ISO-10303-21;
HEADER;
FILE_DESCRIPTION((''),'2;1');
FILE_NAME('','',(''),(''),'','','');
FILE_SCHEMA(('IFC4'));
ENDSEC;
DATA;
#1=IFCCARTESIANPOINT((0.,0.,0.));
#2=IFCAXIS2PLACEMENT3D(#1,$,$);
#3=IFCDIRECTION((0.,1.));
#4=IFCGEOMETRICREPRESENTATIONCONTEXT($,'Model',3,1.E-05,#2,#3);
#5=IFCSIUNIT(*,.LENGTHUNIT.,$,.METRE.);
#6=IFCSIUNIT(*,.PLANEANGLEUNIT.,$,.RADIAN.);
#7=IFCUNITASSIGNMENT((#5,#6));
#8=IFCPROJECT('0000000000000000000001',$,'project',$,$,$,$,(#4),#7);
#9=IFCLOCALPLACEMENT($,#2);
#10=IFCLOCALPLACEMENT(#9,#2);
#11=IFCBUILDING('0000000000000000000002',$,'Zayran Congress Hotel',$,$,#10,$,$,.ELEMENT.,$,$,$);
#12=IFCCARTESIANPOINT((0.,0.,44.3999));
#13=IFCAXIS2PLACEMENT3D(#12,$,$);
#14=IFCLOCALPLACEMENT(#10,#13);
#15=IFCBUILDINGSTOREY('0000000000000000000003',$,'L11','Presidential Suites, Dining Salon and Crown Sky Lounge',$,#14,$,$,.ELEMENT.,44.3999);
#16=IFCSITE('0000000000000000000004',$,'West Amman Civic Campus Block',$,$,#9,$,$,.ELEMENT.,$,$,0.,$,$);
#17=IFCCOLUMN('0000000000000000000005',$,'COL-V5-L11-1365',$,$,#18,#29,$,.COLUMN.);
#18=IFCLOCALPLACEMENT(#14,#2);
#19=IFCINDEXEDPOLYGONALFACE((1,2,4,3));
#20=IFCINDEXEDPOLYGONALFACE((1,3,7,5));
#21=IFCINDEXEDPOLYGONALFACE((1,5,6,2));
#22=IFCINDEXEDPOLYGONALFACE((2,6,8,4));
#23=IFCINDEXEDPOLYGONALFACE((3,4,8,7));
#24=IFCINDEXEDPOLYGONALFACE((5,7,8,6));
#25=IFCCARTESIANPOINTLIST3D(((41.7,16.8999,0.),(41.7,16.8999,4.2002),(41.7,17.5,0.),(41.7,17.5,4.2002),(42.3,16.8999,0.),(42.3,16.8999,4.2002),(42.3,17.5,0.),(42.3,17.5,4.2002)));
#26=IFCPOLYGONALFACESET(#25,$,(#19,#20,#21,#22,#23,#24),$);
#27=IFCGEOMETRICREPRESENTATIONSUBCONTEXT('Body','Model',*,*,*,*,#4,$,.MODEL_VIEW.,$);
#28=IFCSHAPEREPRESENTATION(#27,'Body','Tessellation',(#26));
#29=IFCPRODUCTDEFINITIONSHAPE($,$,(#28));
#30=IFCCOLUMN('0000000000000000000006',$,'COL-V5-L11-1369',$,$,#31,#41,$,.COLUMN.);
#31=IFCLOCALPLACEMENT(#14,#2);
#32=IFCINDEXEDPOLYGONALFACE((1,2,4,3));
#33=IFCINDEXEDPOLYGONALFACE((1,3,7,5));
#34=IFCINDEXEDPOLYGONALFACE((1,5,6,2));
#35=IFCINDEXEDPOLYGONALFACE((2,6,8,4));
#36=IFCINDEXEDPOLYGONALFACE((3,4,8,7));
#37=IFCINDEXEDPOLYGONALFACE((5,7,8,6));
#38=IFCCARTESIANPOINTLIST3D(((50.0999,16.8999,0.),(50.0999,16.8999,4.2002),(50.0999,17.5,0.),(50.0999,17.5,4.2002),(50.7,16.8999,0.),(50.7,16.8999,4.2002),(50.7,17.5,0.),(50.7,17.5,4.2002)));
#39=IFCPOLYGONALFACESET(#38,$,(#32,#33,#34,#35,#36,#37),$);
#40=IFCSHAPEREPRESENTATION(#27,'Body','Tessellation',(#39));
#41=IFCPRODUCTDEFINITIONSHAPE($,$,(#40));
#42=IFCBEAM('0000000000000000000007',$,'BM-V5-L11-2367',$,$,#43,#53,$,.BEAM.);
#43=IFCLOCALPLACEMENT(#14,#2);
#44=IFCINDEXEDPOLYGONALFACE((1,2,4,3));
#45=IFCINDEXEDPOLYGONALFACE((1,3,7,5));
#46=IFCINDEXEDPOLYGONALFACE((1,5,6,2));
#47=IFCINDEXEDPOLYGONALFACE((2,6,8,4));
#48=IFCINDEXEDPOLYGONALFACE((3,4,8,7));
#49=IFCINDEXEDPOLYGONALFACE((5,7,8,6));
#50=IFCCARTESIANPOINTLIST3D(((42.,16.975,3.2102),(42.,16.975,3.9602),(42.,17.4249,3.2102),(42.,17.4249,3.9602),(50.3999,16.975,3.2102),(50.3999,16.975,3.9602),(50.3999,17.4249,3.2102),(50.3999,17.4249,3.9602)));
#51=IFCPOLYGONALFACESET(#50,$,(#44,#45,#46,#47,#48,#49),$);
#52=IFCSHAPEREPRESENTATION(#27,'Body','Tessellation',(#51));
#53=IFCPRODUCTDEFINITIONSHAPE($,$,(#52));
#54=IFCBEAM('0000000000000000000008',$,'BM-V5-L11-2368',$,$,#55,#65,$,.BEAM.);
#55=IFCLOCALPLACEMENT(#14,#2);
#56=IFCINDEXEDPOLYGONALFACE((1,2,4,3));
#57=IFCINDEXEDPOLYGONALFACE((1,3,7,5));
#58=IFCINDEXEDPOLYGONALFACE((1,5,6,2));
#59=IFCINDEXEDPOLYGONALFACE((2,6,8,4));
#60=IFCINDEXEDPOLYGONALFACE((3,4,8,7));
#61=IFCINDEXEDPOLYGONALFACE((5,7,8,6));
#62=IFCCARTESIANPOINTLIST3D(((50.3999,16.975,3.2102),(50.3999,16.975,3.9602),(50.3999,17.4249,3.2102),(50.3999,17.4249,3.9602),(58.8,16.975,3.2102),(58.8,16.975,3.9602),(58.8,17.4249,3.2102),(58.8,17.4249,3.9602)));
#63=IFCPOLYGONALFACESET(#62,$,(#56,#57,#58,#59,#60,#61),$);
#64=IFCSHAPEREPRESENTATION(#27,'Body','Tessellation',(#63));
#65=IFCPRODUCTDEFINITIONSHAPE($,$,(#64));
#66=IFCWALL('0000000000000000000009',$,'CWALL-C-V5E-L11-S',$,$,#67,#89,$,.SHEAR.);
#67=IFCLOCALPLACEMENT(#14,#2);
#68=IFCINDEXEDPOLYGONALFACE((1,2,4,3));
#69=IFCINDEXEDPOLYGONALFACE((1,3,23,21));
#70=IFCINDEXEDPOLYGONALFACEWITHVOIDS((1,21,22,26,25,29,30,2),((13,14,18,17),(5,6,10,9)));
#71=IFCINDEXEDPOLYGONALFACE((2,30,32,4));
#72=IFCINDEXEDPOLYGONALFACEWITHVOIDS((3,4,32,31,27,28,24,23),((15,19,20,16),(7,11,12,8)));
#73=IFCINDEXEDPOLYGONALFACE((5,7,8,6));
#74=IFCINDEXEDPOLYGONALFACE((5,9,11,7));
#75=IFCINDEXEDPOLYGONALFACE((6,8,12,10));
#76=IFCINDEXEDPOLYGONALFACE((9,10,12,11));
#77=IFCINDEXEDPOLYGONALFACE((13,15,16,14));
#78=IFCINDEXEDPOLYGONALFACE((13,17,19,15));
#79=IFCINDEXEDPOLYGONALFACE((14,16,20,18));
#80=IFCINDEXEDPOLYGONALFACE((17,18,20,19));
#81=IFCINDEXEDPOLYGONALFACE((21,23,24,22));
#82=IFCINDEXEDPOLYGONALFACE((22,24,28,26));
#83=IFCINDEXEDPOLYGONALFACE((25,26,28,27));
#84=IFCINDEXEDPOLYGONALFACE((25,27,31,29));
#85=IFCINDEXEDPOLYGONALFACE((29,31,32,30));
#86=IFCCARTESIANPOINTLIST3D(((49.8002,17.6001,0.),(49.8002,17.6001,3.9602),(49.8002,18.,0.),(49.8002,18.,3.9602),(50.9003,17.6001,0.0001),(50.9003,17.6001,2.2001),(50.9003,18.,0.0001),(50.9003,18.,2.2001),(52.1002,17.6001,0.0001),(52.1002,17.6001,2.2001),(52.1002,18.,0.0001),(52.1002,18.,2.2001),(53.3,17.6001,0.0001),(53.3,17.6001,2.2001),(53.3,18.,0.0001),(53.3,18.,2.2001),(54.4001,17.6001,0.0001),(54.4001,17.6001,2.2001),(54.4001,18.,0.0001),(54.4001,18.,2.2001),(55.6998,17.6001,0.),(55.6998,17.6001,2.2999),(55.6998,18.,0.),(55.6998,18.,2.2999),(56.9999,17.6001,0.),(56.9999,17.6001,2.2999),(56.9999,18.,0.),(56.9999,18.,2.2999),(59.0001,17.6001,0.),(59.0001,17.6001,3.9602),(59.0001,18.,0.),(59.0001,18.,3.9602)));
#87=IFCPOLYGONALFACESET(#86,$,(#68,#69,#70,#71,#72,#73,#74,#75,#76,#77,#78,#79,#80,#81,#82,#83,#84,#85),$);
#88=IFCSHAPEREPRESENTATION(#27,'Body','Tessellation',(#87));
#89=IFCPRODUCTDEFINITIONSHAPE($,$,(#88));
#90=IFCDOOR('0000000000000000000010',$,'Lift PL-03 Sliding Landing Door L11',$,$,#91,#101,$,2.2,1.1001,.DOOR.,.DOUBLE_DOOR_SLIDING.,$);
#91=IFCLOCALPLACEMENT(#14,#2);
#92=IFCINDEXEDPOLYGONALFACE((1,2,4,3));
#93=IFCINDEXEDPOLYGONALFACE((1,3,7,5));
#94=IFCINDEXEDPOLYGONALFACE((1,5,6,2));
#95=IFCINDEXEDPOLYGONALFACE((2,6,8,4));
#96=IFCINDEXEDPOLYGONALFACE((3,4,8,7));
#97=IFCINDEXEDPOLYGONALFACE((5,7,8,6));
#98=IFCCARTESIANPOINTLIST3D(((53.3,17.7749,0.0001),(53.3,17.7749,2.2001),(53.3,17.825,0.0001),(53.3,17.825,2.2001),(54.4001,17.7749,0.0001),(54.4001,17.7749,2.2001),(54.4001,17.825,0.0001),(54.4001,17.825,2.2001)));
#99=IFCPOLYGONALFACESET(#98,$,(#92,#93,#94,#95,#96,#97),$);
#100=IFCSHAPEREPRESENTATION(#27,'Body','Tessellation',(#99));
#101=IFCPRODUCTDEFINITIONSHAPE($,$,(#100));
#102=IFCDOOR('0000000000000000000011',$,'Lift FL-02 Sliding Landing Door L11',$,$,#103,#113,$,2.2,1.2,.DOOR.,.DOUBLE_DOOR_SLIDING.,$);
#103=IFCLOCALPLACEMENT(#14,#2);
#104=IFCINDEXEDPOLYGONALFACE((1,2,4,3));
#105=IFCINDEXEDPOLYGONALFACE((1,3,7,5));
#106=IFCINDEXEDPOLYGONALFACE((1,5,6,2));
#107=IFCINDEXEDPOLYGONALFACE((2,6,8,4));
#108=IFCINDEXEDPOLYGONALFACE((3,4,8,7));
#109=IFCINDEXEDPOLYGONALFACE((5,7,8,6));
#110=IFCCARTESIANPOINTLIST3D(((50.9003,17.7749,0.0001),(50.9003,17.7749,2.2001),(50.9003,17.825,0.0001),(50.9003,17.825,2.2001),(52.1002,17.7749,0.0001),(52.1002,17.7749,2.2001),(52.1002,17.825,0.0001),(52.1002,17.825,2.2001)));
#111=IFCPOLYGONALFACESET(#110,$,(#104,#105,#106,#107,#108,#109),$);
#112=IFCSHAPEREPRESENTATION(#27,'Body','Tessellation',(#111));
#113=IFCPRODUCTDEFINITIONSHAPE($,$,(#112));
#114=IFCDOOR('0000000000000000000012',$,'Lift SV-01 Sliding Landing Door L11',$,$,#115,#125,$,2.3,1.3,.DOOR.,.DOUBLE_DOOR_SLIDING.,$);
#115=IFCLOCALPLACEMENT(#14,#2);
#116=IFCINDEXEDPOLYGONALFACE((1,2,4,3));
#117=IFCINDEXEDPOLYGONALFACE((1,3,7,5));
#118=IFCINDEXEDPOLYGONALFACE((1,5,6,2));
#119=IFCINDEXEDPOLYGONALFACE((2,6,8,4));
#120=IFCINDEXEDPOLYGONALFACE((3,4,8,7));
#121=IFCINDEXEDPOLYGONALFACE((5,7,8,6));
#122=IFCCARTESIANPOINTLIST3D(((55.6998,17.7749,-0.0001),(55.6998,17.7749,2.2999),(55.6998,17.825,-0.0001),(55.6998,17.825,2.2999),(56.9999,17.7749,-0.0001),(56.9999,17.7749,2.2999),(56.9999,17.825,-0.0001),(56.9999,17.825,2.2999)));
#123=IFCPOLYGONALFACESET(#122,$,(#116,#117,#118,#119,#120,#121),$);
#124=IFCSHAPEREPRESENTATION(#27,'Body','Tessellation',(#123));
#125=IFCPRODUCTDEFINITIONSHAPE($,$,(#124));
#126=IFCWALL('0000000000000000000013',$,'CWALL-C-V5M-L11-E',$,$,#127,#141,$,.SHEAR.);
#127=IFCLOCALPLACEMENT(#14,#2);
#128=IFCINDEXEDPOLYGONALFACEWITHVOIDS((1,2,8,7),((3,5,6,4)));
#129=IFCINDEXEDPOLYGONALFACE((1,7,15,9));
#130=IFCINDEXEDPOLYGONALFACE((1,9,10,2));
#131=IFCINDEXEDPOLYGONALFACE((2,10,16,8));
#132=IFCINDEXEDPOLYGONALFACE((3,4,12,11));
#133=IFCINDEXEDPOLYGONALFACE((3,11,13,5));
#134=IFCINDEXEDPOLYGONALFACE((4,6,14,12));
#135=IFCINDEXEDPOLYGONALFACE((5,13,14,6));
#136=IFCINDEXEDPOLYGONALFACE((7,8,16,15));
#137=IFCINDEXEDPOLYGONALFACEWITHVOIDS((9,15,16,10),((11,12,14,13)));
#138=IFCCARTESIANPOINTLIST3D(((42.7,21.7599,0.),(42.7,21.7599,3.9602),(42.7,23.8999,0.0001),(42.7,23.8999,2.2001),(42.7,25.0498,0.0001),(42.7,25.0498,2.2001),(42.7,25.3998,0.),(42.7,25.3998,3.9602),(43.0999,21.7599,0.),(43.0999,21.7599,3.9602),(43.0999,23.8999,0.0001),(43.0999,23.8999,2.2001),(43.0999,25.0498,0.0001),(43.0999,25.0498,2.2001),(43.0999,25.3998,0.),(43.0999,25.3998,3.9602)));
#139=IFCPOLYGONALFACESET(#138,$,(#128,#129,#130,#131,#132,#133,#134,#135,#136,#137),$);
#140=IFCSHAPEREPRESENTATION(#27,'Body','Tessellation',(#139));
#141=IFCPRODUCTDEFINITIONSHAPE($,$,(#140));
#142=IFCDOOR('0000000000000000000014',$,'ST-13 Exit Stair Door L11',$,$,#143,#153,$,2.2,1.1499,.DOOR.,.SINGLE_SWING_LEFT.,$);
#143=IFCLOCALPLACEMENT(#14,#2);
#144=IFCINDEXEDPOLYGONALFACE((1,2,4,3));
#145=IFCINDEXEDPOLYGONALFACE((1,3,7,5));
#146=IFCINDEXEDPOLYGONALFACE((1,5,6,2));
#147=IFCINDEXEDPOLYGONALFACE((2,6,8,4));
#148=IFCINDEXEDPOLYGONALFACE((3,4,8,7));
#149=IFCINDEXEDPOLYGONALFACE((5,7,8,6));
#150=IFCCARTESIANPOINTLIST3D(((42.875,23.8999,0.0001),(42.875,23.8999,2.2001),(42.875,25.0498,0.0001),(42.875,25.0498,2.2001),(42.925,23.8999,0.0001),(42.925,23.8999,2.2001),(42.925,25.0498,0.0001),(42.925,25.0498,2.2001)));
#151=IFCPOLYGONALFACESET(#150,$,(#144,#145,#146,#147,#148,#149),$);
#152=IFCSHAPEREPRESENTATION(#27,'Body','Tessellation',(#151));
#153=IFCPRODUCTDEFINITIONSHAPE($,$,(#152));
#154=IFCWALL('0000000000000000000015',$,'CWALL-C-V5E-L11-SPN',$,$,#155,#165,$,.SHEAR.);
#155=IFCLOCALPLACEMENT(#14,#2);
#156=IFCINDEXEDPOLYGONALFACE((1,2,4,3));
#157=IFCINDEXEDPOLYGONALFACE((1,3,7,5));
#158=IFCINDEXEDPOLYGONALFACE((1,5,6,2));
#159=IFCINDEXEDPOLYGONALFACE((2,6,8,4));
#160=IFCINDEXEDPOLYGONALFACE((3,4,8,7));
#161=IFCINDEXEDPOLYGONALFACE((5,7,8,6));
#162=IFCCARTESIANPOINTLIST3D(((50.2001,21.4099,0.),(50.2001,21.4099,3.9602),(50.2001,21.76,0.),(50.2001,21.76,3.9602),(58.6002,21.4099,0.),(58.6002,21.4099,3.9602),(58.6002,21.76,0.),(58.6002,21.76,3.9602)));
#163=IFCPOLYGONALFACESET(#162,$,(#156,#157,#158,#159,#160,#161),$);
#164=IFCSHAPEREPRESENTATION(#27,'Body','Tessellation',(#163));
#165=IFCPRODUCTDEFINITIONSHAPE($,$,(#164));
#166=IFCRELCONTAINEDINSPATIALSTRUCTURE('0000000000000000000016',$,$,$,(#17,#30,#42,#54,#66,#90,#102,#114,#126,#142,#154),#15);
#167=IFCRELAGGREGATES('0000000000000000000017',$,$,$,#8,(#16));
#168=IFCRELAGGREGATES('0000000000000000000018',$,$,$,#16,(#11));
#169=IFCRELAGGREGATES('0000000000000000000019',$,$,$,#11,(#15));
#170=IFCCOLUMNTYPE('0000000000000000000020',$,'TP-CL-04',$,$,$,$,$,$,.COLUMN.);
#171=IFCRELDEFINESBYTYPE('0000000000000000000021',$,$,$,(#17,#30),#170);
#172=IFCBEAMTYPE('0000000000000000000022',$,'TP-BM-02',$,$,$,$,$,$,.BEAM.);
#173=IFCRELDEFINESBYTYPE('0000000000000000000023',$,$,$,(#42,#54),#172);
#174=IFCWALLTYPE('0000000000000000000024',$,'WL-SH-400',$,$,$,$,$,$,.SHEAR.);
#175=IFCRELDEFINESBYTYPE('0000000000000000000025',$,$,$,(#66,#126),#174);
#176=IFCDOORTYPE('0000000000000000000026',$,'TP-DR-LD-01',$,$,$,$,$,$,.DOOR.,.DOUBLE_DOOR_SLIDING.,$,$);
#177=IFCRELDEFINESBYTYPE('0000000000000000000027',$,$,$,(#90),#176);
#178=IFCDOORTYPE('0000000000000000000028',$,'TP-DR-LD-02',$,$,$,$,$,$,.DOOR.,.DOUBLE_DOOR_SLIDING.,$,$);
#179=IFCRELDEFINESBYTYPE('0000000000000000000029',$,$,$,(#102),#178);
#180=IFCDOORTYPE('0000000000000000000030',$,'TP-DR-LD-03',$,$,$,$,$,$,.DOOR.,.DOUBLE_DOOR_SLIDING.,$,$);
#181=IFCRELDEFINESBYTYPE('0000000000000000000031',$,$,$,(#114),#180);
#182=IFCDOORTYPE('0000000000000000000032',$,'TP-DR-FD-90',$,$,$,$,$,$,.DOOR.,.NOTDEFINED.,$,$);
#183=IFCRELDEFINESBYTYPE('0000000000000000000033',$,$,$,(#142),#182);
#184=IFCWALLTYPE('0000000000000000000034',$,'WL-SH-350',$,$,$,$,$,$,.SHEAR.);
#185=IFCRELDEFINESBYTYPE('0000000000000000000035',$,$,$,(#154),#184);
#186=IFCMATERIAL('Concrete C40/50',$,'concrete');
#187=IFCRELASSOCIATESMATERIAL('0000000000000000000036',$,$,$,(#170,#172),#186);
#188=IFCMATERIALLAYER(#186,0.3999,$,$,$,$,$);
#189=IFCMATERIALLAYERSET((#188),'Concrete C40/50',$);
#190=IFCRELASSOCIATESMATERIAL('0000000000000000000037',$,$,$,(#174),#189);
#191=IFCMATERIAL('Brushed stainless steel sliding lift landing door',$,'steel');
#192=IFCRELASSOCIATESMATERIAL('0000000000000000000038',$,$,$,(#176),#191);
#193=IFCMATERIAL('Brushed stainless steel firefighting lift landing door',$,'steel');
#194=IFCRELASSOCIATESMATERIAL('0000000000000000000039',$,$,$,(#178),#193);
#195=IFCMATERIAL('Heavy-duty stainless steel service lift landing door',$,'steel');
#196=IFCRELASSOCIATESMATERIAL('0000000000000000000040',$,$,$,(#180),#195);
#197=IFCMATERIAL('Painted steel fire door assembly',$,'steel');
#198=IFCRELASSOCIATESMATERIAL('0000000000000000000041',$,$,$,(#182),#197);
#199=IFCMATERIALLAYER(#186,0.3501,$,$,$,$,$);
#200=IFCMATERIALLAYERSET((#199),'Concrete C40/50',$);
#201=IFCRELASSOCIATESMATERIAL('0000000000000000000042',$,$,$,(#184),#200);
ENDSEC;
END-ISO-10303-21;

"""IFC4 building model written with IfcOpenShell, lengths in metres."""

from ifc_helpers import new_model, si_unit, direction, frame, frame_2d, origin, origin_2d, place, context, subcontext, project, spatial, rectangle, extrude, material, layer, layer_set, material_profile, profile_set, type_object, element, fill, save


model = new_model("IFC4")

# Units and contexts
model_context = context("Model", 3, precision=1e-05, world=origin(), true_north=direction((0.0, 1.0)))
body_context = subcontext(model_context, "Body", "Model", "MODEL_VIEW")
ifc_project = project(units=[si_unit("LENGTHUNIT", "METRE"), si_unit("PLANEANGLEUNIT", "RADIAN")], contexts=[model_context])

# Site, building, storey
site_placement = place(None, origin())
site = spatial("IfcSite", under=ifc_project, at=site_placement, Name="West Amman Civic Campus Block", CompositionType="ELEMENT", RefElevation=0.0)
building_placement = place(site_placement, origin())
building = spatial("IfcBuilding", under=site, at=building_placement, Name="Zayran Congress Hotel", CompositionType="ELEMENT")
storey_placement = place(building_placement, frame((0.0, 0.0, 44.3999)))
storey = spatial("IfcBuildingStorey", under=building, at=storey_placement, Name="L11", Description="Presidential Suites, Dining Salon and Crown Sky Lounge", CompositionType="ELEMENT", Elevation=44.3999)

# Columns
ifc_material_1 = material(Name="Concrete C40/50", Category="concrete")
ifc_material_profile_1 = material_profile(ifc_material_1, rectangle(XDim=0.6001, YDim=0.6001, at=origin_2d()), Name="RC 600x600")
ifc_profile_set_1 = profile_set([ifc_material_profile_1], Name="Concrete C40/50")
column_type = type_object("IfcColumnType", Name="TP-CL-04", PredefinedType="COLUMN", material=ifc_profile_set_1)
for number, where, z_axis, x_axis, name in (
    (1, (42.0, 17.2, 0.0), (0.0, 0.0, 1.0), (1.0, 0.0, 0.0), "COL-V5-L11-1365"),
    (2, (50.3999, 17.2, 0.0), (0.0, 0.0, 1.0), (1.0, 0.0, 0.0), "COL-V5-L11-1369"),
):
    element("IfcColumn", number, at=place(storey_placement, frame(where, z_axis=z_axis, x_axis=x_axis)), inside=storey, type_object=column_type, Name=name, PredefinedType="COLUMN", context=body_context, shape_type="SweptSolid", body=[
        extrude(rectangle(XDim=0.6001, YDim=0.6001, at=origin_2d()), origin(), (0.0, 0.0, 1.0), 4.2002),
    ])

# Beams
ifc_material_profile_2 = material_profile(ifc_material_1, rectangle(XDim=0.45, YDim=0.75, at=origin_2d()), Name="RC 450x750")
ifc_profile_set_2 = profile_set([ifc_material_profile_2], Name="Concrete C40/50")
beam_type = type_object("IfcBeamType", Name="TP-BM-02", PredefinedType="BEAM", material=ifc_profile_set_2)
beam_1_placement = place(storey_placement, frame((42.0, 17.2, 3.5852), z_axis=(1.0, 0.0, 0.0), x_axis=(0.0, 1.0, 0.0)))
element("IfcBeam", 3, at=beam_1_placement, inside=storey, type_object=beam_type, Name="BM-V5-L11-2367", PredefinedType="BEAM", context=body_context, shape_type="SweptSolid", body=[
    extrude(rectangle(XDim=0.45, YDim=0.75, at=origin_2d()), origin(), (0.0, 0.0, 1.0), 8.3999),
])
beam_2_placement = place(storey_placement, frame((50.3999, 17.2, 3.5852), z_axis=(1.0, 0.0, 0.0), x_axis=(0.0, 1.0, 0.0)))
element("IfcBeam", 4, at=beam_2_placement, inside=storey, type_object=beam_type, Name="BM-V5-L11-2368", PredefinedType="BEAM", context=body_context, shape_type="SweptSolid", body=[
    extrude(rectangle(XDim=0.45, YDim=0.75, at=origin_2d()), origin(), (0.0, 0.0, 1.0), 8.4001),
])

# Wall, openings, doors
ifc_layer_1 = layer(ifc_material_1, 0.3999)
ifc_layer_set_1 = layer_set([ifc_layer_1], Name="Concrete C40/50")
wall_type_1 = type_object("IfcWallType", Name="WL-SH-400", PredefinedType="SHEAR", material=ifc_layer_set_1)
wall_1_placement = place(storey_placement, frame((49.8, 17.8, 0.0), z_axis=(0.0, 0.0, 1.0), x_axis=(1.0, 0.0, 0.0)))
wall_1 = element("IfcWall", 5, at=wall_1_placement, inside=storey, type_object=wall_type_1, Name="CWALL-C-V5E-L11-S", PredefinedType="SHEAR", context=body_context, shape_type="SweptSolid", body=[
    extrude(rectangle(XDim=9.2, YDim=0.3999, at=frame_2d((4.6001, 0.0))), origin(), (0.0, 0.0, 1.0), 3.9602),
])
opening_1_placement = place(wall_1_placement, frame((1.1001, 0.0, 0.0)))
opening_1 = element("IfcOpeningElement", 6, at=opening_1_placement, cuts=wall_1, PredefinedType="OPENING", context=body_context, shape_type="SweptSolid", body=[
    extrude(rectangle(XDim=1.2, YDim=2.2, at=frame_2d((0.6001, 1.1001))), frame((0.0, 0.21, 0.0), z_axis=(0.0, -1.0, 0.0), x_axis=(1.0, 0.0, 0.0)), (0.0, 0.0, 1.0), 0.4199),
])
opening_2_placement = place(wall_1_placement, frame((3.5, 0.0, 0.0)))
opening_2 = element("IfcOpeningElement", 7, at=opening_2_placement, cuts=wall_1, PredefinedType="OPENING", context=body_context, shape_type="SweptSolid", body=[
    extrude(rectangle(XDim=1.1001, YDim=2.2, at=frame_2d((0.55, 1.1001))), frame((0.0, 0.21, 0.0), z_axis=(0.0, -1.0, 0.0), x_axis=(1.0, 0.0, 0.0)), (0.0, 0.0, 1.0), 0.4199),
])
opening_3_placement = place(wall_1_placement, frame((5.8999, 0.0, 0.0)))
opening_3 = element("IfcOpeningElement", 8, at=opening_3_placement, cuts=wall_1, PredefinedType="OPENING", context=body_context, shape_type="SweptSolid", body=[
    extrude(rectangle(XDim=1.3, YDim=2.3, at=frame_2d((0.6499, 1.1499))), frame((0.0, 0.21, 0.0), z_axis=(0.0, -1.0, 0.0), x_axis=(1.0, 0.0, 0.0)), (0.0, 0.0, 1.0), 0.4199),
])
ifc_material_2 = material(Name="Brushed stainless steel sliding lift landing door", Category="steel")
door_type_1 = type_object("IfcDoorType", Name="TP-DR-LD-01", OperationType="DOUBLE_DOOR_SLIDING", PredefinedType="DOOR", material=ifc_material_2)
door_1_placement = place(opening_2_placement, origin())
door_1 = element("IfcDoor", 9, at=door_1_placement, inside=storey, type_object=door_type_1, Name="Lift PL-03 Sliding Landing Door L11", OperationType="DOUBLE_DOOR_SLIDING", OverallHeight=2.2, OverallWidth=1.1001, PredefinedType="DOOR", context=body_context, shape_type="SweptSolid", body=[
    extrude(rectangle(XDim=1.1001, YDim=2.2, at=frame_2d((0.55, 1.1001))), frame((0.0, 0.0249, 0.0), z_axis=(0.0, -1.0, 0.0), x_axis=(1.0, 0.0, 0.0)), (0.0, 0.0, 1.0), 0.05),
])
fill(opening_2, door_1)
ifc_material_3 = material(Name="Brushed stainless steel firefighting lift landing door", Category="steel")
door_type_2 = type_object("IfcDoorType", Name="TP-DR-LD-02", OperationType="DOUBLE_DOOR_SLIDING", PredefinedType="DOOR", material=ifc_material_3)
door_2_placement = place(opening_1_placement, origin())
door_2 = element("IfcDoor", 10, at=door_2_placement, inside=storey, type_object=door_type_2, Name="Lift FL-02 Sliding Landing Door L11", OperationType="DOUBLE_DOOR_SLIDING", OverallHeight=2.2, OverallWidth=1.2, PredefinedType="DOOR", context=body_context, shape_type="SweptSolid", body=[
    extrude(rectangle(XDim=1.2, YDim=2.2, at=frame_2d((0.6001, 1.1001))), frame((0.0, 0.0249, 0.0), z_axis=(0.0, -1.0, 0.0), x_axis=(1.0, 0.0, 0.0)), (0.0, 0.0, 1.0), 0.05),
])
fill(opening_1, door_2)
ifc_material_4 = material(Name="Heavy-duty stainless steel service lift landing door", Category="steel")
door_type_3 = type_object("IfcDoorType", Name="TP-DR-LD-03", OperationType="DOUBLE_DOOR_SLIDING", PredefinedType="DOOR", material=ifc_material_4)
door_3_placement = place(opening_3_placement, origin())
door_3 = element("IfcDoor", 11, at=door_3_placement, inside=storey, type_object=door_type_3, Name="Lift SV-01 Sliding Landing Door L11", OperationType="DOUBLE_DOOR_SLIDING", OverallHeight=2.3, OverallWidth=1.3, PredefinedType="DOOR", context=body_context, shape_type="SweptSolid", body=[
    extrude(rectangle(XDim=1.3, YDim=2.3, at=frame_2d((0.6499, 1.1499))), frame((0.0, 0.0249, 0.0), z_axis=(0.0, -1.0, 0.0), x_axis=(1.0, 0.0, 0.0)), (0.0, 0.0, 1.0), 0.05),
])
fill(opening_3, door_3)

# Wall, opening, door
wall_2_placement = place(storey_placement, frame((42.8999, 21.76, 0.0), z_axis=(0.0, 0.0, 1.0), x_axis=(0.0, 1.0, 0.0)))
wall_2 = element("IfcWall", 12, at=wall_2_placement, inside=storey, type_object=wall_type_1, Name="CWALL-C-V5M-L11-E", PredefinedType="SHEAR", context=body_context, shape_type="SweptSolid", body=[
    extrude(rectangle(XDim=3.6399, YDim=0.3999, at=frame_2d((1.8198, 0.0))), origin(), (0.0, 0.0, 1.0), 3.9602),
])
opening_4_placement = place(wall_2_placement, frame((2.1399, 0.0, 0.0)))
opening_4 = element("IfcOpeningElement", 13, at=opening_4_placement, cuts=wall_2, PredefinedType="OPENING", context=body_context, shape_type="SweptSolid", body=[
    extrude(rectangle(XDim=1.1499, YDim=2.2, at=frame_2d((0.575, 1.1001))), frame((0.0, 0.21, 0.0), z_axis=(0.0, -1.0, 0.0), x_axis=(1.0, 0.0, 0.0)), (0.0, 0.0, 1.0), 0.4199),
])
ifc_material_5 = material(Name="Painted steel fire door assembly", Category="steel")
door_type_4 = type_object("IfcDoorType", Name="TP-DR-FD-90", OperationType="NOTDEFINED", PredefinedType="DOOR", material=ifc_material_5)
door_4_placement = place(opening_4_placement, origin())
door_4 = element("IfcDoor", 14, at=door_4_placement, inside=storey, type_object=door_type_4, Name="ST-13 Exit Stair Door L11", OperationType="SINGLE_SWING_LEFT", OverallHeight=2.2, OverallWidth=1.1499, PredefinedType="DOOR", context=body_context, shape_type="SweptSolid", body=[
    extrude(rectangle(XDim=1.1499, YDim=2.2, at=frame_2d((0.575, 1.1001))), frame((0.0, 0.0249, 0.0), z_axis=(0.0, -1.0, 0.0), x_axis=(1.0, 0.0, 0.0)), (0.0, 0.0, 1.0), 0.05),
])
fill(opening_4, door_4)

# Wall
ifc_layer_2 = layer(ifc_material_1, 0.3501)
ifc_layer_set_2 = layer_set([ifc_layer_2], Name="Concrete C40/50")
wall_type_2 = type_object("IfcWallType", Name="WL-SH-350", PredefinedType="SHEAR", material=ifc_layer_set_2)
wall_3_placement = place(storey_placement, frame((50.2, 21.585, 0.0), z_axis=(0.0, 0.0, 1.0), x_axis=(1.0, 0.0, 0.0)))
element("IfcWall", 15, at=wall_3_placement, inside=storey, type_object=wall_type_2, Name="CWALL-C-V5E-L11-SPN", PredefinedType="SHEAR", context=body_context, shape_type="SweptSolid", body=[
    extrude(rectangle(XDim=8.4001, YDim=0.3501, at=frame_2d((4.2002, 0.0))), origin(), (0.0, 0.0, 1.0), 3.9602),
])

save(model, "model.ifc")
